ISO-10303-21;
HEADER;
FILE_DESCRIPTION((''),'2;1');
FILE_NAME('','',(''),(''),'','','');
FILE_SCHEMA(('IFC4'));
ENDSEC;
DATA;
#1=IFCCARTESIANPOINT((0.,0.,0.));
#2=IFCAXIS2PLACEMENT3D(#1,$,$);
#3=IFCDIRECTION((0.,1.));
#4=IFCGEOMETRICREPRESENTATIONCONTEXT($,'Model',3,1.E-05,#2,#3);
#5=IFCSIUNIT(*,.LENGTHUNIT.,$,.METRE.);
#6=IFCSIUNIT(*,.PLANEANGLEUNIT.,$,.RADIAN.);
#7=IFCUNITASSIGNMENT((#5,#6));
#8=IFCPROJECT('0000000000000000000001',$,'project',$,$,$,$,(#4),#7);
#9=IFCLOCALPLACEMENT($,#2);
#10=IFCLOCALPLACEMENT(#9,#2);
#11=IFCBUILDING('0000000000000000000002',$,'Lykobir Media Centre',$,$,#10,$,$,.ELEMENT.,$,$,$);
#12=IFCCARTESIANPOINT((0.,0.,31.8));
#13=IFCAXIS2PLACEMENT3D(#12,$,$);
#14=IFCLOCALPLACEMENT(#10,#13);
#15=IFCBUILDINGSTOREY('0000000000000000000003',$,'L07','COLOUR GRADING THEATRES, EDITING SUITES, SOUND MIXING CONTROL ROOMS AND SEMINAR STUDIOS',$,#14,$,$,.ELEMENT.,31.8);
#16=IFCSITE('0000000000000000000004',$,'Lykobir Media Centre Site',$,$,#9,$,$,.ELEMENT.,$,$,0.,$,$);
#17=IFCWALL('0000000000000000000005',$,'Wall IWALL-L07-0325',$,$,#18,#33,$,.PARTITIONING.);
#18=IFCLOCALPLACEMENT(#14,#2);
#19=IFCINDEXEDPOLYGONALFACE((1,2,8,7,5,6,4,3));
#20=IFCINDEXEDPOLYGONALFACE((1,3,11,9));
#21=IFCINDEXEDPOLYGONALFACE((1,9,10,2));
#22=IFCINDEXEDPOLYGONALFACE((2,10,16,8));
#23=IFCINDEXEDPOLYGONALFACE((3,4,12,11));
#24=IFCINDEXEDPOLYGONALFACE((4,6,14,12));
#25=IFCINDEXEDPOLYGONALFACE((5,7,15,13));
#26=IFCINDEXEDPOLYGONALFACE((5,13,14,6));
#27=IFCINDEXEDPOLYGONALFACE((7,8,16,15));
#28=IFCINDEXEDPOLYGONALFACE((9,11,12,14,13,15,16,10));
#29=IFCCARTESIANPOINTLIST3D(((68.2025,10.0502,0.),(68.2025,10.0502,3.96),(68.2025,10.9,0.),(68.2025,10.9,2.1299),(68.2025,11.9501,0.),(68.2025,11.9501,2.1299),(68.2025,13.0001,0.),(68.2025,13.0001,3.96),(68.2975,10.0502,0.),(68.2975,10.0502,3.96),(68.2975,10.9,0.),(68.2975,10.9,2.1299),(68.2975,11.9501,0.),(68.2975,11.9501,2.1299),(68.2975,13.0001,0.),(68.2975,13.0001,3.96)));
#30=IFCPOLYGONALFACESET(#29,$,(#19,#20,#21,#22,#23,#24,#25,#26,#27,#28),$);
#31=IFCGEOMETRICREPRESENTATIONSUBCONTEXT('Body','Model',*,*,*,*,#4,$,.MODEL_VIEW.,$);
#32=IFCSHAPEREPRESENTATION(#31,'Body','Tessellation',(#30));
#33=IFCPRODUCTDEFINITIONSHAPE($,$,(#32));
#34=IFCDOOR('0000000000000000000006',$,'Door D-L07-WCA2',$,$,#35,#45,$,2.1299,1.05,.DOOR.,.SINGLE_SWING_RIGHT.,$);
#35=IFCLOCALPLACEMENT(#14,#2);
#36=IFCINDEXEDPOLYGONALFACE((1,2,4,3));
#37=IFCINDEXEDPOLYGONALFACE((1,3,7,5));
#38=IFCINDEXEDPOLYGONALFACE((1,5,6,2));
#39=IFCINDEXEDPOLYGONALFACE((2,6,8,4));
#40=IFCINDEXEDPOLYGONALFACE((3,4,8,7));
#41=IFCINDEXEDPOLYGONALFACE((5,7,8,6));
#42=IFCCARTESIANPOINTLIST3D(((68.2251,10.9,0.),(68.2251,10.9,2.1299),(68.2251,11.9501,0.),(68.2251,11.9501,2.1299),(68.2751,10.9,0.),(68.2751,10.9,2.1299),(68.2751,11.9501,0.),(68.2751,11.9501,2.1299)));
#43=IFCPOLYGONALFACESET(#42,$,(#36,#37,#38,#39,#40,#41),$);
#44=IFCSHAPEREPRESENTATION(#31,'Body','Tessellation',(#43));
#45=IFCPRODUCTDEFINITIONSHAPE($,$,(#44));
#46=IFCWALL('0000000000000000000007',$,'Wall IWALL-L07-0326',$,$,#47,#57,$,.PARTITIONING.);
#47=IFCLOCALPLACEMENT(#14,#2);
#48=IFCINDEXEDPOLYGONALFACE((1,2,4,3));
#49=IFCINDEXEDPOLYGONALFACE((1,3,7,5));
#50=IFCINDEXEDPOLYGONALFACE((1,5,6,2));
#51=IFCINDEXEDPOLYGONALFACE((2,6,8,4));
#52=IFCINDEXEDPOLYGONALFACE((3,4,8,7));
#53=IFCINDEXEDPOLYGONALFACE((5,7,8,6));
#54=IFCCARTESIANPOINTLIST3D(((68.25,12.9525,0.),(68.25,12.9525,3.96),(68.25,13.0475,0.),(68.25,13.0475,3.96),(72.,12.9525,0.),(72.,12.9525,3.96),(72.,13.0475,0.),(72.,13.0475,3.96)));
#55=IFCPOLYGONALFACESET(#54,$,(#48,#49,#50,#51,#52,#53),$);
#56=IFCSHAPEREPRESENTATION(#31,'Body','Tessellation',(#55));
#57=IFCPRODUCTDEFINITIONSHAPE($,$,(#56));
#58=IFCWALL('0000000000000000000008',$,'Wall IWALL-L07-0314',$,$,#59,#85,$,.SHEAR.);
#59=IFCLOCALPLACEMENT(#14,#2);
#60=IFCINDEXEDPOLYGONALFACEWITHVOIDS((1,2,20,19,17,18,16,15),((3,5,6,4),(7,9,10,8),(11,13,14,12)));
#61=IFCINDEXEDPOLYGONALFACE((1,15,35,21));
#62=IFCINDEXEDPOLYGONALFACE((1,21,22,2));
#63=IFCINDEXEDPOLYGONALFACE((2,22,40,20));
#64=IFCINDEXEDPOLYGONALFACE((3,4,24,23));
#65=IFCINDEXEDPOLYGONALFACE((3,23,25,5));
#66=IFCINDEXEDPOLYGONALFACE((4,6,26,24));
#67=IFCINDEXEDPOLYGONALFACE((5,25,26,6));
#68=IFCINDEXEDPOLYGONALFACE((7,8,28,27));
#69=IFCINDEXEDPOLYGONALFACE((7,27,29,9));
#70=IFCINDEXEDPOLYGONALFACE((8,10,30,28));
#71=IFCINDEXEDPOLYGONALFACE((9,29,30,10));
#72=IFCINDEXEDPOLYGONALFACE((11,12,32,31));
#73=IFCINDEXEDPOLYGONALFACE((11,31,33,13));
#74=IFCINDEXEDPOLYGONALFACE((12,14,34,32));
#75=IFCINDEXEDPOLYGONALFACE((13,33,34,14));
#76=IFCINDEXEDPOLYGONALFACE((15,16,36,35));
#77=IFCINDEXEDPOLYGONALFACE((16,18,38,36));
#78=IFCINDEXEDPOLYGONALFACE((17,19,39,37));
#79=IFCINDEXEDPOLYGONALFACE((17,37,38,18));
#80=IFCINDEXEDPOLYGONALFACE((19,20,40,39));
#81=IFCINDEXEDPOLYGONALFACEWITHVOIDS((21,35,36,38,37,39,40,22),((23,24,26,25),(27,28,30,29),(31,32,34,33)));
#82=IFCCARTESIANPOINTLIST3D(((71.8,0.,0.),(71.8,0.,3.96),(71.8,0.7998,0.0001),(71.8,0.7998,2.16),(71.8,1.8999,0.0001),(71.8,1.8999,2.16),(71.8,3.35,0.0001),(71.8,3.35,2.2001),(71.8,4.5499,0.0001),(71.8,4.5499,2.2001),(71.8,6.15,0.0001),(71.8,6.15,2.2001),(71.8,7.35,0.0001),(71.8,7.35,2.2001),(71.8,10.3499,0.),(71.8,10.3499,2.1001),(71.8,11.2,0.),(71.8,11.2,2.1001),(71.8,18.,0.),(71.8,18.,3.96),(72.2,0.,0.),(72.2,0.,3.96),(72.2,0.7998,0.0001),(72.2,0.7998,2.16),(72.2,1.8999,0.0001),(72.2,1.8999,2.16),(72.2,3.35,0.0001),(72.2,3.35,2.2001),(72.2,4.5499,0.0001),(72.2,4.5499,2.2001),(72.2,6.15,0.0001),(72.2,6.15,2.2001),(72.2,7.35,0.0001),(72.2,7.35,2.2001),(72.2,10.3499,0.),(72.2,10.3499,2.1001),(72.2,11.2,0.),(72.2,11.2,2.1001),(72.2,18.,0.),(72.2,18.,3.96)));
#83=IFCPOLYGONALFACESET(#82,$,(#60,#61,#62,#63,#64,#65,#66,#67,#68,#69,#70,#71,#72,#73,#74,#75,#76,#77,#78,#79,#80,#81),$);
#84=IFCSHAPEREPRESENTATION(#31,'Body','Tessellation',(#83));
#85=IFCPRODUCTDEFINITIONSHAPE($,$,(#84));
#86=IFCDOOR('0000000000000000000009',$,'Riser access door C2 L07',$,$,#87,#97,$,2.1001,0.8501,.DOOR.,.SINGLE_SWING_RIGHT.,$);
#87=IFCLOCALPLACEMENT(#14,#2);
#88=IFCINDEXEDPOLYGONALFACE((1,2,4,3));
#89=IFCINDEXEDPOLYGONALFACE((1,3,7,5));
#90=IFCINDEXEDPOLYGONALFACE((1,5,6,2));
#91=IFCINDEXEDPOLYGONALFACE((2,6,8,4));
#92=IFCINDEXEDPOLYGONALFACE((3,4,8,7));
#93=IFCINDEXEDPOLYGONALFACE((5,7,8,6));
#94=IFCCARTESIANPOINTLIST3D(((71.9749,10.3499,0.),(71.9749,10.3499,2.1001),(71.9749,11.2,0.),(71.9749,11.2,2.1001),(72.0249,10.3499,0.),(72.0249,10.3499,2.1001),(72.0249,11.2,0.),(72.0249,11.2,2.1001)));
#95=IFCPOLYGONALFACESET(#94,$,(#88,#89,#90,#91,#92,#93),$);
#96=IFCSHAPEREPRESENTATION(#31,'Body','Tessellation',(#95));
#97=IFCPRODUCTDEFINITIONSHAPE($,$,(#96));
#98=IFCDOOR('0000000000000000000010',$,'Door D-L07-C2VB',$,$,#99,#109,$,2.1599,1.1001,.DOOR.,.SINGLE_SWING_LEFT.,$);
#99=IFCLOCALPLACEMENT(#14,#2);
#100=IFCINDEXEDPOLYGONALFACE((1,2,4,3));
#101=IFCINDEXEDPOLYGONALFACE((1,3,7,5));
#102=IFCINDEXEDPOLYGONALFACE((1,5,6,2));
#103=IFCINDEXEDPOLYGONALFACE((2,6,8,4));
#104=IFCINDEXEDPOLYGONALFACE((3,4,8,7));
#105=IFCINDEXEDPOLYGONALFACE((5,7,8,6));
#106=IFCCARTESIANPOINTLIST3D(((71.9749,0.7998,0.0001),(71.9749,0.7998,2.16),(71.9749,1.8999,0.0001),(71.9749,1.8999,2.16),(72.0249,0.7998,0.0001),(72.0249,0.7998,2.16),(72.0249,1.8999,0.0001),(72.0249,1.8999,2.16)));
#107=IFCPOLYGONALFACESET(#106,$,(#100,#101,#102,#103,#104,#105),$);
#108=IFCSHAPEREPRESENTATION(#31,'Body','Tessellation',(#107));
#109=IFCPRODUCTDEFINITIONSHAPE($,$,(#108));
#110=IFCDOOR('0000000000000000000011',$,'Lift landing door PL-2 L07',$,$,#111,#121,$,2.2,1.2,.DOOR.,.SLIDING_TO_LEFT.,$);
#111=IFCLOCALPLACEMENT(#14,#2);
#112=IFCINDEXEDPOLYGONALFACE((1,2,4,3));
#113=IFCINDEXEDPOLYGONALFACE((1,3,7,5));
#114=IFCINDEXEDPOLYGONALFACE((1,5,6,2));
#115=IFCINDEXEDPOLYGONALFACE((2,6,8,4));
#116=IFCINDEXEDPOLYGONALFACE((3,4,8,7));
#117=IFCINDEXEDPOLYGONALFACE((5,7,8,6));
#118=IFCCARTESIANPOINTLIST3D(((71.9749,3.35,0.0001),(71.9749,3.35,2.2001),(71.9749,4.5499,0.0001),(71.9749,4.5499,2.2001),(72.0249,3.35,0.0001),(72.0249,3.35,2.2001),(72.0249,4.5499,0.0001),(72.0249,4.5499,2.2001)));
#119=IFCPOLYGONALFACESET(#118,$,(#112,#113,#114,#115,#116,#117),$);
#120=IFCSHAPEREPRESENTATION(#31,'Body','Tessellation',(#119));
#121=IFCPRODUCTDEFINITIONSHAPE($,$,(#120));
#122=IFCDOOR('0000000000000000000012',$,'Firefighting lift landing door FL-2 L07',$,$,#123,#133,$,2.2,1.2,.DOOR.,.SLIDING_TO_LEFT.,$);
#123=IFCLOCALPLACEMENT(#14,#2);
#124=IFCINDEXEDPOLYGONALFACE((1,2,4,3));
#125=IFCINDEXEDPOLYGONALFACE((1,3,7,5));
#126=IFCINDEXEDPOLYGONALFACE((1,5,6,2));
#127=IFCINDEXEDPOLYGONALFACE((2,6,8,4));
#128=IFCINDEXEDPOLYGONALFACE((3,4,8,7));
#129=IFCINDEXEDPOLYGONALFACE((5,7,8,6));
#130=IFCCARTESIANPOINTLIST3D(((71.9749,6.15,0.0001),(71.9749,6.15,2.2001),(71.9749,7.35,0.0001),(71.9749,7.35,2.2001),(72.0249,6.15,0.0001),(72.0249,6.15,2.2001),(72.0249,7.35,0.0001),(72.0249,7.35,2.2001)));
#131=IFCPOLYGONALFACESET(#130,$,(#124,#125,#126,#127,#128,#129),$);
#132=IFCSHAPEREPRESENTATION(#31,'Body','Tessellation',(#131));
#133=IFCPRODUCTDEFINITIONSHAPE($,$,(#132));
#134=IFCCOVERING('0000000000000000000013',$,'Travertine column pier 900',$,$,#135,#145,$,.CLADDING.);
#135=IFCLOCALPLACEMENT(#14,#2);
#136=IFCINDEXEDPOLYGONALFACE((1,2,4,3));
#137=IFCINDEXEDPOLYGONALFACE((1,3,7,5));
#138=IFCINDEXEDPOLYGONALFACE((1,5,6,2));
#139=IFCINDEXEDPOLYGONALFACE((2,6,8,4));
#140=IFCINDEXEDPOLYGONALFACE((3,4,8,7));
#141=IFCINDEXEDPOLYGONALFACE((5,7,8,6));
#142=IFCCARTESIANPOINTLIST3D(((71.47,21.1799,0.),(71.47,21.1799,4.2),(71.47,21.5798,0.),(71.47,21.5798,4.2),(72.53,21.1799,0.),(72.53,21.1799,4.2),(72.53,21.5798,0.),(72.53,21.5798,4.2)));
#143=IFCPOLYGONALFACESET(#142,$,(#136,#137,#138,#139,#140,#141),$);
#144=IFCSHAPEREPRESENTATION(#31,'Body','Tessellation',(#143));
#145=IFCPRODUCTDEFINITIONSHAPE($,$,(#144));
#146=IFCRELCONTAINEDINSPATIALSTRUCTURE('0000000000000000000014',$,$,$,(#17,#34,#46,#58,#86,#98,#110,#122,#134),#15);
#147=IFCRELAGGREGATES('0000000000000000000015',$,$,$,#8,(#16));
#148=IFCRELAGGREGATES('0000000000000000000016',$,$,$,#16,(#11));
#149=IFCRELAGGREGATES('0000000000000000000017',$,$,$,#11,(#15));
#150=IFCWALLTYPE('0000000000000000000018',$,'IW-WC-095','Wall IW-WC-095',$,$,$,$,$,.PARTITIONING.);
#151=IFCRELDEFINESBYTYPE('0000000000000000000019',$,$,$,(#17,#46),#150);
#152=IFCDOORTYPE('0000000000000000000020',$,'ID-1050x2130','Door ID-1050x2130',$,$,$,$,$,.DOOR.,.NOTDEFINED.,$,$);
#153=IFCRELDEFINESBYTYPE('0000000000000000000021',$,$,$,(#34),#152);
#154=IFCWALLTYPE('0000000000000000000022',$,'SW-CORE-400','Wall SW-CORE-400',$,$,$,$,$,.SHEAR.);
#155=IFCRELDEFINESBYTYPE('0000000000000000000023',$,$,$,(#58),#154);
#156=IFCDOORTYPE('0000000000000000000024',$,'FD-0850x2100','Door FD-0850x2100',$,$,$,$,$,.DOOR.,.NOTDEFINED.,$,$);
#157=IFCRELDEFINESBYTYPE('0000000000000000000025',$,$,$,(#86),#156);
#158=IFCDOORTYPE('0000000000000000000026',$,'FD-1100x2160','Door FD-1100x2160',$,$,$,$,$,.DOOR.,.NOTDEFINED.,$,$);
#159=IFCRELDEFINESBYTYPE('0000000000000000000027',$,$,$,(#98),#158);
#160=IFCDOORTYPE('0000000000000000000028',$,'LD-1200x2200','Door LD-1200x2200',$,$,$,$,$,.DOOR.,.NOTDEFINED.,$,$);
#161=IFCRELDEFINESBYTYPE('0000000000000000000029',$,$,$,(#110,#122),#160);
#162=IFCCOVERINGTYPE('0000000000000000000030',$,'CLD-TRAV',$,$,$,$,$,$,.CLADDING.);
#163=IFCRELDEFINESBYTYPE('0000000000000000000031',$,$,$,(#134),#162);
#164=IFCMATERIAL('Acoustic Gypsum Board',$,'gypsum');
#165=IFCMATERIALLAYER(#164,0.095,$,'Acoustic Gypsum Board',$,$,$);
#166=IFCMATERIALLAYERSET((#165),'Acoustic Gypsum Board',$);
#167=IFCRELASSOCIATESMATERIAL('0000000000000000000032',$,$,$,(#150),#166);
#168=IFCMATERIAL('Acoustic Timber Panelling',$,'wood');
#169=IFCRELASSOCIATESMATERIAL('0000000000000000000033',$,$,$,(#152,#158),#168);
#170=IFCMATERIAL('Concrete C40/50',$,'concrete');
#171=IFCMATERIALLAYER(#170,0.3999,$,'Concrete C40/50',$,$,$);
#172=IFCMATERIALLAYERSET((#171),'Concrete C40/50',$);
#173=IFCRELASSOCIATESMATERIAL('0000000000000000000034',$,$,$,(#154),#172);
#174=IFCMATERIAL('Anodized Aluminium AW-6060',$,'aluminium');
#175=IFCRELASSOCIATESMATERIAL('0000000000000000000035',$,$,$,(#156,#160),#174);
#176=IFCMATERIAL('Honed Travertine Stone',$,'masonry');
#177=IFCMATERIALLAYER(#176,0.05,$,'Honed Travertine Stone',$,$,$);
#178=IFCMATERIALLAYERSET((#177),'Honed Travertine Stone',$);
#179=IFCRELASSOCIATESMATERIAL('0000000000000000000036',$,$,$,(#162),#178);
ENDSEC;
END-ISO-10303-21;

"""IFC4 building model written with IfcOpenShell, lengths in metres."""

from ifc_helpers import new_model, si_unit, direction, frame, frame_2d, origin, origin_2d, place, context, subcontext, project, spatial, rectangle, extrude, material, layer, layer_set, type_object, element, fill, save


model = new_model("IFC4")

# Units and contexts
model_context = context("Model", 3, precision=1e-05, world=origin(), true_north=direction((0.0, 1.0)))
body_context = subcontext(model_context, "Body", "Model", "MODEL_VIEW")
ifc_project = project(units=[si_unit("LENGTHUNIT", "METRE"), si_unit("PLANEANGLEUNIT", "RADIAN")], contexts=[model_context])

# Site, building, storey
site_placement = place(None, origin())
site = spatial("IfcSite", under=ifc_project, at=site_placement, Name="Lykobir Media Centre Site", CompositionType="ELEMENT", RefElevation=0.0)
building_placement = place(site_placement, origin())
building = spatial("IfcBuilding", under=site, at=building_placement, Name="Lykobir Media Centre", CompositionType="ELEMENT")
storey_placement = place(building_placement, frame((0.0, 0.0, 31.8)))
storey = spatial("IfcBuildingStorey", under=building, at=storey_placement, Name="L07", Description="COLOUR GRADING THEATRES, EDITING SUITES, SOUND MIXING CONTROL ROOMS AND SEMINAR STUDIOS", CompositionType="ELEMENT", Elevation=31.8)

# Shared definitions
ifc_material_1 = material(Name="Acoustic Gypsum Board", Category="gypsum")
ifc_material_2 = material(Name="Acoustic Timber Panelling", Category="wood")

# Wall, opening, door
ifc_layer_1 = layer(ifc_material_1, 0.095, Name="Acoustic Gypsum Board")
ifc_layer_set_1 = layer_set([ifc_layer_1], Name="Acoustic Gypsum Board")
wall_type_1 = type_object("IfcWallType", Name="IW-WC-095", Description="Wall IW-WC-095", PredefinedType="PARTITIONING", material=ifc_layer_set_1)
wall_1_placement = place(storey_placement, frame((68.25, 10.05, 0.0), z_axis=(0.0, 0.0, 1.0), x_axis=(0.0, 1.0, 0.0)))
wall_1 = element("IfcWall", 1, at=wall_1_placement, inside=storey, type_object=wall_type_1, Name="Wall IWALL-L07-0325", PredefinedType="PARTITIONING", context=body_context, shape_type="SweptSolid", body=[
    extrude(rectangle(XDim=2.95, YDim=0.095, at=frame_2d((1.4751, 0.0))), origin(), (0.0, 0.0, 1.0), 3.96),
])
opening_1_placement = place(wall_1_placement, frame((0.8501, 0.0, 0.0)))
opening_1 = element("IfcOpeningElement", 2, at=opening_1_placement, cuts=wall_1, PredefinedType="OPENING", context=body_context, shape_type="SweptSolid", body=[
    extrude(rectangle(XDim=1.05, YDim=2.1299, at=frame_2d((0.5249, 1.0649))), frame((0.0, 0.0574, 0.0), z_axis=(0.0, -1.0, 0.0), x_axis=(1.0, 0.0, 0.0)), (0.0, 0.0, 1.0), 0.115),
])
door_type_1 = type_object("IfcDoorType", Name="ID-1050x2130", Description="Door ID-1050x2130", OperationType="NOTDEFINED", PredefinedType="DOOR", material=ifc_material_2)
door_1_placement = place(opening_1_placement, origin())
door_1 = element("IfcDoor", 3, at=door_1_placement, inside=storey, type_object=door_type_1, Name="Door D-L07-WCA2", OperationType="SINGLE_SWING_RIGHT", OverallHeight=2.1299, OverallWidth=1.05, PredefinedType="DOOR", context=body_context, shape_type="SweptSolid", body=[
    extrude(rectangle(XDim=1.05, YDim=2.1299, at=frame_2d((0.5249, 1.0649))), frame((0.0, 0.0249, 0.0), z_axis=(0.0, -1.0, 0.0), x_axis=(1.0, 0.0, 0.0)), (0.0, 0.0, 1.0), 0.05),
])
fill(opening_1, door_1)

# Wall
wall_2_placement = place(storey_placement, frame((68.25, 13.0, 0.0), z_axis=(0.0, 0.0, 1.0), x_axis=(1.0, 0.0, 0.0)))
element("IfcWall", 4, at=wall_2_placement, inside=storey, type_object=wall_type_1, Name="Wall IWALL-L07-0326", PredefinedType="PARTITIONING", context=body_context, shape_type="SweptSolid", body=[
    extrude(rectangle(XDim=3.75, YDim=0.095, at=frame_2d((1.875, 0.0))), origin(), (0.0, 0.0, 1.0), 3.96),
])

# Wall, openings, doors
ifc_material_3 = material(Name="Concrete C40/50", Category="concrete")
ifc_layer_2 = layer(ifc_material_3, 0.3999, Name="Concrete C40/50")
ifc_layer_set_2 = layer_set([ifc_layer_2], Name="Concrete C40/50")
wall_type_2 = type_object("IfcWallType", Name="SW-CORE-400", Description="Wall SW-CORE-400", PredefinedType="SHEAR", material=ifc_layer_set_2)
wall_3_placement = place(storey_placement, frame((72.0, 18.0, 0.0), z_axis=(0.0, 0.0, 1.0), x_axis=(0.0, -1.0, 0.0)))
wall_3 = element("IfcWall", 5, at=wall_3_placement, inside=storey, type_object=wall_type_2, Name="Wall IWALL-L07-0314", PredefinedType="SHEAR", context=body_context, shape_type="SweptSolid", body=[
    extrude(rectangle(XDim=18.0, YDim=0.3999, at=frame_2d((9.0, 0.0))), origin(), (0.0, 0.0, 1.0), 3.96),
])
opening_2_placement = place(wall_3_placement, frame((16.1001, 0.0, 0.0)))
opening_2 = element("IfcOpeningElement", 6, at=opening_2_placement, cuts=wall_3, PredefinedType="OPENING", context=body_context, shape_type="SweptSolid", body=[
    extrude(rectangle(XDim=1.1001, YDim=2.1599, at=frame_2d((0.55, 1.0801))), frame((0.0, 0.21, 0.0), z_axis=(0.0, -1.0, 0.0), x_axis=(1.0, 0.0, 0.0)), (0.0, 0.0, 1.0), 0.4199),
])
opening_3_placement = place(wall_3_placement, frame((13.45, 0.0, 0.0)))
opening_3 = element("IfcOpeningElement", 7, at=opening_3_placement, cuts=wall_3, PredefinedType="OPENING", context=body_context, shape_type="SweptSolid", body=[
    extrude(rectangle(XDim=1.2, YDim=2.2, at=frame_2d((0.6001, 1.1001))), frame((0.0, 0.21, 0.0), z_axis=(0.0, -1.0, 0.0), x_axis=(1.0, 0.0, 0.0)), (0.0, 0.0, 1.0), 0.4199),
])
opening_4_placement = place(wall_3_placement, frame((10.6499, 0.0, 0.0)))
opening_4 = element("IfcOpeningElement", 8, at=opening_4_placement, cuts=wall_3, PredefinedType="OPENING", context=body_context, shape_type="SweptSolid", body=[
    extrude(rectangle(XDim=1.2, YDim=2.2, at=frame_2d((0.6001, 1.1001))), frame((0.0, 0.21, 0.0), z_axis=(0.0, -1.0, 0.0), x_axis=(1.0, 0.0, 0.0)), (0.0, 0.0, 1.0), 0.4199),
])
opening_5_placement = place(wall_3_placement, frame((6.8, 0.0, 0.0)))
opening_5 = element("IfcOpeningElement", 9, at=opening_5_placement, cuts=wall_3, PredefinedType="OPENING", context=body_context, shape_type="SweptSolid", body=[
    extrude(rectangle(XDim=0.8501, YDim=2.1001, at=frame_2d((0.425, 1.05))), frame((0.0, 0.21, 0.0), z_axis=(0.0, -1.0, 0.0), x_axis=(1.0, 0.0, 0.0)), (0.0, 0.0, 1.0), 0.4199),
])
ifc_material_4 = material(Name="Anodized Aluminium AW-6060", Category="aluminium")
door_type_2 = type_object("IfcDoorType", Name="FD-0850x2100", Description="Door FD-0850x2100", OperationType="NOTDEFINED", PredefinedType="DOOR", material=ifc_material_4)
door_2_placement = place(opening_5_placement, origin())
door_2 = element("IfcDoor", 10, at=door_2_placement, inside=storey, type_object=door_type_2, Name="Riser access door C2 L07", OperationType="SINGLE_SWING_RIGHT", OverallHeight=2.1001, OverallWidth=0.8501, PredefinedType="DOOR", context=body_context, shape_type="SweptSolid", body=[
    extrude(rectangle(XDim=0.8501, YDim=2.1001, at=frame_2d((0.425, 1.05))), frame((0.0, 0.0249, 0.0), z_axis=(0.0, -1.0, 0.0), x_axis=(1.0, 0.0, 0.0)), (0.0, 0.0, 1.0), 0.05),
])
fill(opening_5, door_2)
door_type_3 = type_object("IfcDoorType", Name="FD-1100x2160", Description="Door FD-1100x2160", OperationType="NOTDEFINED", PredefinedType="DOOR", material=ifc_material_2)
door_3_placement = place(opening_2_placement, origin())
door_3 = element("IfcDoor", 11, at=door_3_placement, inside=storey, type_object=door_type_3, Name="Door D-L07-C2VB", OperationType="SINGLE_SWING_LEFT", OverallHeight=2.1599, OverallWidth=1.1001, PredefinedType="DOOR", context=body_context, shape_type="SweptSolid", body=[
    extrude(rectangle(XDim=1.1001, YDim=2.1599, at=frame_2d((0.55, 1.0801))), frame((0.0, 0.0249, 0.0), z_axis=(0.0, -1.0, 0.0), x_axis=(1.0, 0.0, 0.0)), (0.0, 0.0, 1.0), 0.05),
])
fill(opening_2, door_3)
door_type_4 = type_object("IfcDoorType", Name="LD-1200x2200", Description="Door LD-1200x2200", OperationType="NOTDEFINED", PredefinedType="DOOR", material=ifc_material_4)
door_4_placement = place(opening_3_placement, origin())
door_4 = element("IfcDoor", 12, at=door_4_placement, inside=storey, type_object=door_type_4, Name="Lift landing door PL-2 L07", OperationType="SLIDING_TO_LEFT", OverallHeight=2.2, OverallWidth=1.2, PredefinedType="DOOR", context=body_context, shape_type="SweptSolid", body=[
    extrude(rectangle(XDim=1.2, YDim=2.2, at=frame_2d((0.6001, 1.1001))), frame((0.0, 0.0249, 0.0), z_axis=(0.0, -1.0, 0.0), x_axis=(1.0, 0.0, 0.0)), (0.0, 0.0, 1.0), 0.05),
])
fill(opening_3, door_4)
door_5_placement = place(opening_4_placement, origin())
door_5 = element("IfcDoor", 13, at=door_5_placement, inside=storey, type_object=door_type_4, Name="Firefighting lift landing door FL-2 L07", OperationType="SLIDING_TO_LEFT", OverallHeight=2.2, OverallWidth=1.2, PredefinedType="DOOR", context=body_context, shape_type="SweptSolid", body=[
    extrude(rectangle(XDim=1.2, YDim=2.2, at=frame_2d((0.6001, 1.1001))), frame((0.0, 0.0249, 0.0), z_axis=(0.0, -1.0, 0.0), x_axis=(1.0, 0.0, 0.0)), (0.0, 0.0, 1.0), 0.05),
])
fill(opening_4, door_5)

# Covering
ifc_material_5 = material(Name="Honed Travertine Stone", Category="masonry")
ifc_layer_3 = layer(ifc_material_5, 0.05, Name="Honed Travertine Stone")
ifc_layer_set_3 = layer_set([ifc_layer_3], Name="Honed Travertine Stone")
covering_type = type_object("IfcCoveringType", Name="CLD-TRAV", PredefinedType="CLADDING", material=ifc_layer_set_3)
covering_placement = place(storey_placement, frame((72.0, 21.3799, 0.0), z_axis=(0.0, 0.0, 1.0), x_axis=(-1.0, 0.0, 0.0)))
element("IfcCovering", 14, at=covering_placement, inside=storey, type_object=covering_type, Name="Travertine column pier 900", PredefinedType="CLADDING", context=body_context, shape_type="SweptSolid", body=[
    extrude(rectangle(XDim=1.0601, YDim=0.3999, at=origin_2d()), origin(), (0.0, 0.0, 1.0), 4.2),
])

save(model, "model.ifc")
